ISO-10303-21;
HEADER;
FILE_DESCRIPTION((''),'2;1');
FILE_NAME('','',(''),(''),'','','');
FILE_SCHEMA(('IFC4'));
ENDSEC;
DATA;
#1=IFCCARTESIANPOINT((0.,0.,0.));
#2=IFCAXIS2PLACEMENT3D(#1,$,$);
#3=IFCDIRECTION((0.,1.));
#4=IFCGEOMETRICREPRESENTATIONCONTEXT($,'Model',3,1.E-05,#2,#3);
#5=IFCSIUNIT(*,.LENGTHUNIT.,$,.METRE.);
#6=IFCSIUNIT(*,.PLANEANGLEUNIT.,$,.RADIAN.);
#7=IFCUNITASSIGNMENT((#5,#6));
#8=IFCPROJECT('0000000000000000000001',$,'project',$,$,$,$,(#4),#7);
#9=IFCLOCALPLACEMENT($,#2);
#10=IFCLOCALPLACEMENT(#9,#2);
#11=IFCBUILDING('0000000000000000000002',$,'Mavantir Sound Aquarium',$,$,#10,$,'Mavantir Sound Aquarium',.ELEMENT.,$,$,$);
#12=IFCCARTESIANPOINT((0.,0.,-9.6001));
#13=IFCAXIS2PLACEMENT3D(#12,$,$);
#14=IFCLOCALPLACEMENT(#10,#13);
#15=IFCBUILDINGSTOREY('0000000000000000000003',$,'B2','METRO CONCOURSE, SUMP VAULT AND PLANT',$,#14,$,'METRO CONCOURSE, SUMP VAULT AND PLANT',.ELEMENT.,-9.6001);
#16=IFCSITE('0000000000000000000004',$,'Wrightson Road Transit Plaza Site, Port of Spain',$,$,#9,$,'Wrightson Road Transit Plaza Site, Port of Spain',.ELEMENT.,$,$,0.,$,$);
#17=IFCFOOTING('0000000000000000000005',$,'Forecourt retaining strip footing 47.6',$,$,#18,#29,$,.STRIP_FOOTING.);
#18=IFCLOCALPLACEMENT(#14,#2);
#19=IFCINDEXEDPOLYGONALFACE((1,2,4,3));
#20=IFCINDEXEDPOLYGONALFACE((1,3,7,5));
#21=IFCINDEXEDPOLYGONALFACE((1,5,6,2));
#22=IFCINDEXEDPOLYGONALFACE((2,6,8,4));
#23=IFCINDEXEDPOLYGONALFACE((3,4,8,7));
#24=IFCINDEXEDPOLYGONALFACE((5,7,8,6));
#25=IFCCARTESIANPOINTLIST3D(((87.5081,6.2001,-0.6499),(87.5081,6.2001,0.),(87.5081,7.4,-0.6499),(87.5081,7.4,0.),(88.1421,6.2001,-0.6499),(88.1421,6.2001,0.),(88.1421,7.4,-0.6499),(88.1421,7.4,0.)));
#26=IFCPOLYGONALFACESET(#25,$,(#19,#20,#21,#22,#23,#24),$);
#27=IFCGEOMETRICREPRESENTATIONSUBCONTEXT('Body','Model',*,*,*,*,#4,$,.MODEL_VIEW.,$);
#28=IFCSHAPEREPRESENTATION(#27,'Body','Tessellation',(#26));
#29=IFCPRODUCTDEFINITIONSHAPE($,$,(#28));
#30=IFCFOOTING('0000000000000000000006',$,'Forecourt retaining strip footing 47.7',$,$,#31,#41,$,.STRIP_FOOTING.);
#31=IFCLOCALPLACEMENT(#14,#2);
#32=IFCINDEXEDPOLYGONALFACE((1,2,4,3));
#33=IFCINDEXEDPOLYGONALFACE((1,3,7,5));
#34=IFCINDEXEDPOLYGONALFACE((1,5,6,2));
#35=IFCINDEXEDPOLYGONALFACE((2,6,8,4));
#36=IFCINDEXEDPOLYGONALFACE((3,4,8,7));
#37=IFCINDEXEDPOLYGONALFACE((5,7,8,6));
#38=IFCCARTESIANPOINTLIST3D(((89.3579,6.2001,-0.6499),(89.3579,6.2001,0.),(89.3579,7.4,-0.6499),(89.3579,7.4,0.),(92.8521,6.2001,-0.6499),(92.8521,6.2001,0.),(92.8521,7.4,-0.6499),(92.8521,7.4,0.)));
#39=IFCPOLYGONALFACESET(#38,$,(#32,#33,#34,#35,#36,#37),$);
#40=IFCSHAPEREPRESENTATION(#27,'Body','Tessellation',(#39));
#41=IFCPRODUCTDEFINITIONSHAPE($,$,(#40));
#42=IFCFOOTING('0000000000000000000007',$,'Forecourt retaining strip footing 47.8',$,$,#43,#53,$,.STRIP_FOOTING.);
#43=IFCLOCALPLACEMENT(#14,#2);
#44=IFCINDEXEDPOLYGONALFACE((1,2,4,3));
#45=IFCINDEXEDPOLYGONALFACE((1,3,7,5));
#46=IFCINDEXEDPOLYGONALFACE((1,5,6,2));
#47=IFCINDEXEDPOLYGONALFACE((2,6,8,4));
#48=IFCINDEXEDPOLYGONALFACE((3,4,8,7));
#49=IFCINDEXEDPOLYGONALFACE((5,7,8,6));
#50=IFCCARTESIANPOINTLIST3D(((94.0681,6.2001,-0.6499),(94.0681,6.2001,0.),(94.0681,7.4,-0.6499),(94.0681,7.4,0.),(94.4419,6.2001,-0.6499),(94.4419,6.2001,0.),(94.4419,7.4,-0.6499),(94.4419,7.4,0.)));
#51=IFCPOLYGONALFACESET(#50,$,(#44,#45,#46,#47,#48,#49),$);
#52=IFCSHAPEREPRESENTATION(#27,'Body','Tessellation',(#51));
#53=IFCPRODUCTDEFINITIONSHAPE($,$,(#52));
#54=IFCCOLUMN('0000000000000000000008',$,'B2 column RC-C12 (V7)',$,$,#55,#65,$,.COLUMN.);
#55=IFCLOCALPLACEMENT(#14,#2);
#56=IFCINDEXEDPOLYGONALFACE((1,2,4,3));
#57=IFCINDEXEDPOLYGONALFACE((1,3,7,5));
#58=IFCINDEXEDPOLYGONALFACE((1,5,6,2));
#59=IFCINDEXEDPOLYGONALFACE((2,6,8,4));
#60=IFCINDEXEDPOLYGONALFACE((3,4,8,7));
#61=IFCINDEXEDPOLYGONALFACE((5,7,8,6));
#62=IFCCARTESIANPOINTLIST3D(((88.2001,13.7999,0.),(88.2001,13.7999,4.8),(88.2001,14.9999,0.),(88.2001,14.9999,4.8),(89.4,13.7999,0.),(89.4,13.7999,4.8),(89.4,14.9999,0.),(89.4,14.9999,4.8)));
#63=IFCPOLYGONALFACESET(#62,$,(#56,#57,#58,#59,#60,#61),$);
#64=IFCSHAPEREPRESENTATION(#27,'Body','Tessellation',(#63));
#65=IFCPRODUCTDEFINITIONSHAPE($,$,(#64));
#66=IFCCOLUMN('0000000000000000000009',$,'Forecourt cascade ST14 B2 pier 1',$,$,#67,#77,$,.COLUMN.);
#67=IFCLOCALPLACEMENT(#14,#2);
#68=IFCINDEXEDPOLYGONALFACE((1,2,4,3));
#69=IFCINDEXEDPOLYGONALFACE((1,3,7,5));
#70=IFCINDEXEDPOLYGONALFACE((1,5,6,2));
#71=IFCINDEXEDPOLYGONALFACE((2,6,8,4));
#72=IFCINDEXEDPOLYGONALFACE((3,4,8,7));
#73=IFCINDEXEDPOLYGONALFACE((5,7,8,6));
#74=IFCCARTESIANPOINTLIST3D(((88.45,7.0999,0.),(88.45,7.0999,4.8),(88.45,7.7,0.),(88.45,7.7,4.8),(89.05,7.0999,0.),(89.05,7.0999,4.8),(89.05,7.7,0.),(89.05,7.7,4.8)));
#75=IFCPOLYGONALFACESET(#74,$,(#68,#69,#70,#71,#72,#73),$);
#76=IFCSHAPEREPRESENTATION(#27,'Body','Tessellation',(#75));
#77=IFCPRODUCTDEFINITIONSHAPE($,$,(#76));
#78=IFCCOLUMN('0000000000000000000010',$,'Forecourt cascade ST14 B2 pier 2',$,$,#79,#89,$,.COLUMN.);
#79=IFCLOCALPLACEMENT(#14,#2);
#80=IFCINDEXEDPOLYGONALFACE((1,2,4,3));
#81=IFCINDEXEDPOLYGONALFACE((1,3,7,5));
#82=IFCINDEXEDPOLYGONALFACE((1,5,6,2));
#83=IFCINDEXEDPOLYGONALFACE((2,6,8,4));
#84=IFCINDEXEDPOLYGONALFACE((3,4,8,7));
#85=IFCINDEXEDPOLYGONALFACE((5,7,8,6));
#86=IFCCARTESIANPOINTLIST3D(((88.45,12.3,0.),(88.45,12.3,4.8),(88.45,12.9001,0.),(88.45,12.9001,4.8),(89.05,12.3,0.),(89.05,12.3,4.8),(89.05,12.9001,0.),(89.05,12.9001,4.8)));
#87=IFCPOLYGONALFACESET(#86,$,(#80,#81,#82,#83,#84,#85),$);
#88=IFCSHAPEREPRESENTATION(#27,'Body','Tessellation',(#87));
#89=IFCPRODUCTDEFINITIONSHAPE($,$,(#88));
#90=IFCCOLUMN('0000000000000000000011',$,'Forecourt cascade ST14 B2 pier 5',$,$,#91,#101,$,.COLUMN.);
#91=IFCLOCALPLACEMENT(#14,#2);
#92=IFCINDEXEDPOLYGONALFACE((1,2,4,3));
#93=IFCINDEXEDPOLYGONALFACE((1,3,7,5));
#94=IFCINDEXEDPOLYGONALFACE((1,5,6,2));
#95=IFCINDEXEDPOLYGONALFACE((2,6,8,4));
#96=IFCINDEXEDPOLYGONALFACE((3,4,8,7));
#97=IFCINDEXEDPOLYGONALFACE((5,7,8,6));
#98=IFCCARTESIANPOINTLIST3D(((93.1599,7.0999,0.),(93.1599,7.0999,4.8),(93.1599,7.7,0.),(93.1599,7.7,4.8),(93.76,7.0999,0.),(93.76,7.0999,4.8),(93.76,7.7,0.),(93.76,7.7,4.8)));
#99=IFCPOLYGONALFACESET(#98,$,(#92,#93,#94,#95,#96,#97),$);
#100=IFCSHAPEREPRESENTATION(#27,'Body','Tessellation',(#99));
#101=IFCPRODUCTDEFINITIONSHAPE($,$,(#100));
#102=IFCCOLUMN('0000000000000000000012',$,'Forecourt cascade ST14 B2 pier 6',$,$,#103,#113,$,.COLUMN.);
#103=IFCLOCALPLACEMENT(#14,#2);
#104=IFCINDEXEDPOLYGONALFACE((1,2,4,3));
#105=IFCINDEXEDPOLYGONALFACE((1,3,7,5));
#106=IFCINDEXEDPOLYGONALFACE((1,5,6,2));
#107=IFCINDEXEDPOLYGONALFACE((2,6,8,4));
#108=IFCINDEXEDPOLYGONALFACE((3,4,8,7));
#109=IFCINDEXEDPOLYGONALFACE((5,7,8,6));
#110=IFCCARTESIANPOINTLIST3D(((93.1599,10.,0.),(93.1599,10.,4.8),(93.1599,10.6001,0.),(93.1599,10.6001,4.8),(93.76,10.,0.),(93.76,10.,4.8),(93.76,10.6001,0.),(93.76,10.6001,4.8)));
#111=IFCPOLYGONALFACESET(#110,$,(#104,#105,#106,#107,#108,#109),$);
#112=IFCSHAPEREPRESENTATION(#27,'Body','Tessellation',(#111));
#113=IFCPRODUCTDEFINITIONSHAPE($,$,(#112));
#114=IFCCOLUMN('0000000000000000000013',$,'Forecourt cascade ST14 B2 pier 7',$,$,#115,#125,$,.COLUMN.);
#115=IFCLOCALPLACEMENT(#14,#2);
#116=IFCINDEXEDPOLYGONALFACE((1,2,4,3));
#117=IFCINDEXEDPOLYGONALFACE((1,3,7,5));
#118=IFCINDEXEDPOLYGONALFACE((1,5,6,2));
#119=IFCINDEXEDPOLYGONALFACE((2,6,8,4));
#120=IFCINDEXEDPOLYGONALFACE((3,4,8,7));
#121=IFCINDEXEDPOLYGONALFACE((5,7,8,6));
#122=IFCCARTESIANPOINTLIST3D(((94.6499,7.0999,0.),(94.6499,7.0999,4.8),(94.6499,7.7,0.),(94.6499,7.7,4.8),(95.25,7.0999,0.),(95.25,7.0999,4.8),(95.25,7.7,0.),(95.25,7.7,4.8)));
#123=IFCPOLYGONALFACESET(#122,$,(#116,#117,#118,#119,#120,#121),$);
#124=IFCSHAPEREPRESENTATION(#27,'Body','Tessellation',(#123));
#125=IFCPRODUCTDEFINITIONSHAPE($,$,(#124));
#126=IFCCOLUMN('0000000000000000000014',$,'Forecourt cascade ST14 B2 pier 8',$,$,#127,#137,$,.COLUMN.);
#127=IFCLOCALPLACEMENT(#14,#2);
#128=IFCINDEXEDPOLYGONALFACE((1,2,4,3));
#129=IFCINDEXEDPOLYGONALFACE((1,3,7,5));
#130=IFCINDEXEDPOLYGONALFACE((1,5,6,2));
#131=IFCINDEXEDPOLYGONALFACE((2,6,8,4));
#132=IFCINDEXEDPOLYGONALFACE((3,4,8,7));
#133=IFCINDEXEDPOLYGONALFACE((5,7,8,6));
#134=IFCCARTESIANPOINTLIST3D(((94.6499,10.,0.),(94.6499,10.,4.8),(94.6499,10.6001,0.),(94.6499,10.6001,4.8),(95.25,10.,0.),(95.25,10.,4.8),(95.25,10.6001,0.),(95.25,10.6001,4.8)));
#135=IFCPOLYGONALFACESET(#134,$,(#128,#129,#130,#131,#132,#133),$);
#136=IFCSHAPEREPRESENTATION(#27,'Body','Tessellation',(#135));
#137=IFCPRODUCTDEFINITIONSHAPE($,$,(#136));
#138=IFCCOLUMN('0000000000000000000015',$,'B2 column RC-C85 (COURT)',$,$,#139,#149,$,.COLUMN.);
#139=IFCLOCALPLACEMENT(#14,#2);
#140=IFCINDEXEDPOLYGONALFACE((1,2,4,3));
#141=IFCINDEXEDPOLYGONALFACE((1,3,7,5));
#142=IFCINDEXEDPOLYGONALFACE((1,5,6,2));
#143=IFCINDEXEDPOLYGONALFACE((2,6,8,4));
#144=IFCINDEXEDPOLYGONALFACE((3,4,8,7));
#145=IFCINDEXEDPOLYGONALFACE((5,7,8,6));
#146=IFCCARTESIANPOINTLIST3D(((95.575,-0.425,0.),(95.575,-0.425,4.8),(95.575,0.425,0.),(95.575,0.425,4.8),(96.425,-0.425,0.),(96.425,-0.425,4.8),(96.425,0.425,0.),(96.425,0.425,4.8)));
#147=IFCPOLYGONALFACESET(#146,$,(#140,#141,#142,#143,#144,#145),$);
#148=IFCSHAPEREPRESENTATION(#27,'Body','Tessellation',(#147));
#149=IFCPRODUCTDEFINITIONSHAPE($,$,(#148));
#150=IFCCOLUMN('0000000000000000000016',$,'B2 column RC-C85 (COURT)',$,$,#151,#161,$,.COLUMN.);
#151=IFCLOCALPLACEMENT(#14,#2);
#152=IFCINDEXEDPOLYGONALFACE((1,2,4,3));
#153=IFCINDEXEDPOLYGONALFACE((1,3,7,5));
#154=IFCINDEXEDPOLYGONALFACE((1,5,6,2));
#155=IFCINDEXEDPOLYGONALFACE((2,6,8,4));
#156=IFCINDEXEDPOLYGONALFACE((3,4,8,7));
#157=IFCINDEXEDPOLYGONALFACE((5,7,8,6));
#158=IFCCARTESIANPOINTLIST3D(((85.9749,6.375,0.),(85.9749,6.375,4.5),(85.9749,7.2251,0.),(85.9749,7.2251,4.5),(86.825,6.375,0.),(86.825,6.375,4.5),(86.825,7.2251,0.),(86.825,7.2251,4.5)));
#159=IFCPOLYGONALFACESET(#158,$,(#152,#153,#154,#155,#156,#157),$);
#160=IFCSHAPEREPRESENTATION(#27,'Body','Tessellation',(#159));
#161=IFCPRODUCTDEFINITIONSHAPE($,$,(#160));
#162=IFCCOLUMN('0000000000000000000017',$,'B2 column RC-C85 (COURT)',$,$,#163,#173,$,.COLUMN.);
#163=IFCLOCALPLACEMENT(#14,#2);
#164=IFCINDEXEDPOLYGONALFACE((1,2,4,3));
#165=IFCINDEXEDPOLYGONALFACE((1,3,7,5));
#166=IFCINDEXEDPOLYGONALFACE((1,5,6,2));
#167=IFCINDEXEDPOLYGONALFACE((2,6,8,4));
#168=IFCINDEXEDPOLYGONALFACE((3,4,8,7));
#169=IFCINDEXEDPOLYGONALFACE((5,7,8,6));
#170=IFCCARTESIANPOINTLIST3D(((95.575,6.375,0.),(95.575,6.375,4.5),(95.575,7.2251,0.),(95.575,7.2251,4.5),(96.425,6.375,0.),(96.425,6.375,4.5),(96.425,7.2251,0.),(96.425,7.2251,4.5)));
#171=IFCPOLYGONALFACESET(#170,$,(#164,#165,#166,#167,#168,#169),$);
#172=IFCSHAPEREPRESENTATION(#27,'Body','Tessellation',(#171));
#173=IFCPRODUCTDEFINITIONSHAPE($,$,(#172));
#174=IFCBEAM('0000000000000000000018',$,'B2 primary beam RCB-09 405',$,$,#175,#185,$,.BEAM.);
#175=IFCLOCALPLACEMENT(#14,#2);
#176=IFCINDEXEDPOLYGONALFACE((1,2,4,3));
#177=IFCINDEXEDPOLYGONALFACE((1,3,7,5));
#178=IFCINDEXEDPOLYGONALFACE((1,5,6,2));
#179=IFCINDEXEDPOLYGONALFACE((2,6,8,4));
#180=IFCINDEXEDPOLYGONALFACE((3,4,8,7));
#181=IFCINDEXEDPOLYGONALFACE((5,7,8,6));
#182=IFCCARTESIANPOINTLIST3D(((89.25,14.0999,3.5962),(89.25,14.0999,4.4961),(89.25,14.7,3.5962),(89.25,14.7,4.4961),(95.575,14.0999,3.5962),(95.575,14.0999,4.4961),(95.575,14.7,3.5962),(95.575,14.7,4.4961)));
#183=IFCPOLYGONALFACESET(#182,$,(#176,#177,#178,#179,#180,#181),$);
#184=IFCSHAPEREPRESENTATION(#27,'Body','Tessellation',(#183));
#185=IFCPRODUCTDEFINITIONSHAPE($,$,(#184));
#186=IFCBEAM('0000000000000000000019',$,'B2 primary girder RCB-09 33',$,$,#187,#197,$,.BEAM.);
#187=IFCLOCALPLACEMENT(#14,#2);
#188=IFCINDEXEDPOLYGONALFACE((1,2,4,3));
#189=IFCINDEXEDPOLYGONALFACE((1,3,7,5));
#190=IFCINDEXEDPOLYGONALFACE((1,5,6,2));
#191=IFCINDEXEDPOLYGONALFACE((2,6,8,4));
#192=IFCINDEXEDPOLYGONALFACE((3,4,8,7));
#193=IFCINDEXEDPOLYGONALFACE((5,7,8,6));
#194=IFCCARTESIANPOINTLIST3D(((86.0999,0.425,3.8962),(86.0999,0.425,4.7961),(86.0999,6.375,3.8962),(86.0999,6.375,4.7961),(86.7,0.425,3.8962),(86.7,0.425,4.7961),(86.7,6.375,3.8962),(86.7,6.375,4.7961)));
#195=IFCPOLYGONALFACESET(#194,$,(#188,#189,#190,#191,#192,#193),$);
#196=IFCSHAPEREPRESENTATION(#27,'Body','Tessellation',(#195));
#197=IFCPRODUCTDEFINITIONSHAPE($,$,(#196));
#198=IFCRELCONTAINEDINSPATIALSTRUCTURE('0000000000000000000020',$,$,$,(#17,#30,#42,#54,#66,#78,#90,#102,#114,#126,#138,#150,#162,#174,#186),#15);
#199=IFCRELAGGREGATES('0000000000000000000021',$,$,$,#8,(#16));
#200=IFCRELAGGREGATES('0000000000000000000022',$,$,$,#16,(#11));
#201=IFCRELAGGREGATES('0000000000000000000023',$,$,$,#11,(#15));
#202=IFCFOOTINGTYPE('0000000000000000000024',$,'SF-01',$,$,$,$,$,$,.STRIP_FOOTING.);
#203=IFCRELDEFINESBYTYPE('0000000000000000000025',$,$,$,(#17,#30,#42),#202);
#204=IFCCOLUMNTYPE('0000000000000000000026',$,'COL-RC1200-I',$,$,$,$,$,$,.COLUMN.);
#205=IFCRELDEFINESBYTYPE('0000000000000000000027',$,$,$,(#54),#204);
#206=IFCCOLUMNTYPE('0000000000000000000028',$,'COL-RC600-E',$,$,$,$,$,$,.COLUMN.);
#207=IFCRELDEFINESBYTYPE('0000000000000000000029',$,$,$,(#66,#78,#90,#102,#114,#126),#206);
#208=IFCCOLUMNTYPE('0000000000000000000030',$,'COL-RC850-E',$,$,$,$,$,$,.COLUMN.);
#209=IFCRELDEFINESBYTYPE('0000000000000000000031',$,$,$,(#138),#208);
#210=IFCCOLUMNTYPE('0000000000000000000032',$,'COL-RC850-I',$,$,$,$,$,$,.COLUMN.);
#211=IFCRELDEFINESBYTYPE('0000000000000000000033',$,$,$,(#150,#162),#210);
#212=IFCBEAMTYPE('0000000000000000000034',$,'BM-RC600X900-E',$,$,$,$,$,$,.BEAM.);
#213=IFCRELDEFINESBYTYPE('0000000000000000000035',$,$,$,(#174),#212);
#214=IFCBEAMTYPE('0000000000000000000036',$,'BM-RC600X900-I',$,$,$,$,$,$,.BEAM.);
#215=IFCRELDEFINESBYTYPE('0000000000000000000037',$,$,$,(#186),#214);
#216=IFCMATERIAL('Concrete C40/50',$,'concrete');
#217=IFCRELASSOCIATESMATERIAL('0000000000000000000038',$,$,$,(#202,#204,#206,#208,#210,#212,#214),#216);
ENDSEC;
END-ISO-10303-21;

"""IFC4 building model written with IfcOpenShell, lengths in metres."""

from ifc_helpers import new_model, si_unit, direction, frame, origin, origin_2d, place, context, subcontext, project, spatial, rectangle, extrude, material, material_profile, profile_set, type_object, element, save


model = new_model("IFC4")

# Units and contexts
model_context = context("Model", 3, precision=1e-05, world=origin(), true_north=direction((0.0, 1.0)))
body_context = subcontext(model_context, "Body", "Model", "MODEL_VIEW")
ifc_project = project(units=[si_unit("LENGTHUNIT", "METRE"), si_unit("PLANEANGLEUNIT", "RADIAN")], contexts=[model_context])

# Site, building, storey
site_placement = place(None, origin())
site = spatial("IfcSite", under=ifc_project, at=site_placement, Name="Wrightson Road Transit Plaza Site, Port of Spain", LongName="Wrightson Road Transit Plaza Site, Port of Spain", CompositionType="ELEMENT", RefElevation=0.0)
building_placement = place(site_placement, origin())
building = spatial("IfcBuilding", under=site, at=building_placement, Name="Mavantir Sound Aquarium", LongName="Mavantir Sound Aquarium", CompositionType="ELEMENT")
storey_placement = place(building_placement, frame((0.0, 0.0, -9.6001)))
storey = spatial("IfcBuildingStorey", under=building, at=storey_placement, Name="B2", Description="METRO CONCOURSE, SUMP VAULT AND PLANT", LongName="METRO CONCOURSE, SUMP VAULT AND PLANT", CompositionType="ELEMENT", Elevation=-9.6001)

# Shared definitions
ifc_material_1 = material(Name="Concrete C40/50", Category="concrete")

# Footings
ifc_material_profile_1 = material_profile(ifc_material_1, rectangle(XDim=1.2, YDim=0.6499, at=origin_2d()), Name="RC 1200X650")
ifc_profile_set_1 = profile_set([ifc_material_profile_1], Name="Concrete C40/50")
footing_type_1 = type_object("IfcFootingType", Name="SF-01", PredefinedType="STRIP_FOOTING", material=ifc_profile_set_1)
footing_1_placement = place(storey_placement, frame((87.5081, 6.8, -0.325), z_axis=(1.0, 0.0, 0.0), x_axis=(0.0, 1.0, 0.0)))
element("IfcFooting", 1, at=footing_1_placement, inside=storey, type_object=footing_type_1, Name="Forecourt retaining strip footing 47.6", PredefinedType="STRIP_FOOTING", context=body_context, shape_type="SweptSolid", body=[
    extrude(rectangle(XDim=1.2, YDim=0.6499, at=origin_2d()), origin(), (0.0, 0.0, 1.0), 0.634),
])
footing_2_placement = place(storey_placement, frame((89.3579, 6.8, -0.325), z_axis=(1.0, 0.0, 0.0), x_axis=(0.0, 1.0, 0.0)))
element("IfcFooting", 2, at=footing_2_placement, inside=storey, type_object=footing_type_1, Name="Forecourt retaining strip footing 47.7", PredefinedType="STRIP_FOOTING", context=body_context, shape_type="SweptSolid", body=[
    extrude(rectangle(XDim=1.2, YDim=0.6499, at=origin_2d()), origin(), (0.0, 0.0, 1.0), 3.4941),
])
footing_3_placement = place(storey_placement, frame((94.0681, 6.8, -0.325), z_axis=(1.0, 0.0, 0.0), x_axis=(0.0, 1.0, 0.0)))
element("IfcFooting", 3, at=footing_3_placement, inside=storey, type_object=footing_type_1, Name="Forecourt retaining strip footing 47.8", PredefinedType="STRIP_FOOTING", context=body_context, shape_type="SweptSolid", body=[
    extrude(rectangle(XDim=1.2, YDim=0.6499, at=origin_2d()), origin(), (0.0, 0.0, 1.0), 0.3738),
])

# Columns
ifc_material_profile_2 = material_profile(ifc_material_1, rectangle(XDim=1.2, YDim=1.2, at=origin_2d()), Name="RC 1200X1200")
ifc_profile_set_2 = profile_set([ifc_material_profile_2], Name="Concrete C40/50")
column_type_1 = type_object("IfcColumnType", Name="COL-RC1200-I", PredefinedType="COLUMN", material=ifc_profile_set_2)
column_1_placement = place(storey_placement, frame((88.8, 14.3999, 0.0), z_axis=(0.0, 0.0, 1.0), x_axis=(1.0, 0.0, 0.0)))
element("IfcColumn", 4, at=column_1_placement, inside=storey, type_object=column_type_1, Name="B2 column RC-C12 (V7)", PredefinedType="COLUMN", context=body_context, shape_type="SweptSolid", body=[
    extrude(rectangle(XDim=1.2, YDim=1.2, at=origin_2d()), origin(), (0.0, 0.0, 1.0), 4.8),
])
ifc_material_profile_3 = material_profile(ifc_material_1, rectangle(XDim=0.6001, YDim=0.6001, at=origin_2d()), Name="RC 600X600")
ifc_profile_set_3 = profile_set([ifc_material_profile_3], Name="Concrete C40/50")
column_type_2 = type_object("IfcColumnType", Name="COL-RC600-E", PredefinedType="COLUMN", material=ifc_profile_set_3)
for number, where, z_axis, x_axis, name in (
    (5, (88.75, 7.3999, 0.0), (0.0, 0.0, 1.0), (1.0, 0.0, 0.0), "Forecourt cascade ST14 B2 pier 1"),
    (6, (88.75, 12.6001, 0.0), (0.0, 0.0, 1.0), (1.0, 0.0, 0.0), "Forecourt cascade ST14 B2 pier 2"),
    (7, (93.46, 7.3999, 0.0), (0.0, 0.0, 1.0), (1.0, 0.0, 0.0), "Forecourt cascade ST14 B2 pier 5"),
    (8, (93.46, 10.3, 0.0), (0.0, 0.0, 1.0), (1.0, 0.0, 0.0), "Forecourt cascade ST14 B2 pier 6"),
    (9, (94.95, 7.3999, 0.0), (0.0, 0.0, 1.0), (1.0, 0.0, 0.0), "Forecourt cascade ST14 B2 pier 7"),
    (10, (94.95, 10.3, 0.0), (0.0, 0.0, 1.0), (1.0, 0.0, 0.0), "Forecourt cascade ST14 B2 pier 8"),
):
    element("IfcColumn", number, at=place(storey_placement, frame(where, z_axis=z_axis, x_axis=x_axis)), inside=storey, type_object=column_type_2, Name=name, PredefinedType="COLUMN", context=body_context, shape_type="SweptSolid", body=[
        extrude(rectangle(XDim=0.6001, YDim=0.6001, at=origin_2d()), origin(), (0.0, 0.0, 1.0), 4.8),
    ])
ifc_material_profile_4 = material_profile(ifc_material_1, rectangle(XDim=0.8501, YDim=0.8501, at=origin_2d()), Name="RC 850X850")
ifc_profile_set_4 = profile_set([ifc_material_profile_4], Name="Concrete C40/50")
column_type_3 = type_object("IfcColumnType", Name="COL-RC850-E", PredefinedType="COLUMN", material=ifc_profile_set_4)
column_2_placement = place(storey_placement, frame((96.0, 0.0, 0.0), z_axis=(0.0, 0.0, 1.0), x_axis=(1.0, 0.0, 0.0)))
element("IfcColumn", 11, at=column_2_placement, inside=storey, type_object=column_type_3, Name="B2 column RC-C85 (COURT)", PredefinedType="COLUMN", context=body_context, shape_type="SweptSolid", body=[
    extrude(rectangle(XDim=0.8501, YDim=0.8501, at=origin_2d()), origin(), (0.0, 0.0, 1.0), 4.8),
])
ifc_material_profile_5 = material_profile(ifc_material_1, rectangle(XDim=0.8501, YDim=0.8501, at=origin_2d()), Name="RC 850X850")
ifc_profile_set_5 = profile_set([ifc_material_profile_5], Name="Concrete C40/50")
column_type_4 = type_object("IfcColumnType", Name="COL-RC850-I", PredefinedType="COLUMN", material=ifc_profile_set_5)
for number, where, z_axis, x_axis, name in (
    (12, (86.3999, 6.8, 0.0), (0.0, 0.0, 1.0), (1.0, 0.0, 0.0), "B2 column RC-C85 (COURT)"),
    (13, (96.0, 6.8, 0.0), (0.0, 0.0, 1.0), (1.0, 0.0, 0.0), "B2 column RC-C85 (COURT)"),
):
    element("IfcColumn", number, at=place(storey_placement, frame(where, z_axis=z_axis, x_axis=x_axis)), inside=storey, type_object=column_type_4, Name=name, PredefinedType="COLUMN", context=body_context, shape_type="SweptSolid", body=[
        extrude(rectangle(XDim=0.8501, YDim=0.8501, at=origin_2d()), origin(), (0.0, 0.0, 1.0), 4.5),
    ])

# Beams
ifc_material_profile_6 = material_profile(ifc_material_1, rectangle(XDim=0.6001, YDim=0.8999, at=origin_2d()), Name="RC 600X900")
ifc_profile_set_6 = profile_set([ifc_material_profile_6], Name="Concrete C40/50")
beam_type_1 = type_object("IfcBeamType", Name="BM-RC600X900-E", PredefinedType="BEAM", material=ifc_profile_set_6)
beam_placement = place(storey_placement, frame((89.25, 14.3999, 4.0461), z_axis=(1.0, 0.0, 0.0), x_axis=(0.0, 1.0, 0.0)))
element("IfcBeam", 14, at=beam_placement, inside=storey, type_object=beam_type_1, Name="B2 primary beam RCB-09 405", PredefinedType="BEAM", context=body_context, shape_type="SweptSolid", body=[
    extrude(rectangle(XDim=0.6001, YDim=0.8999, at=origin_2d()), origin(), (0.0, 0.0, 1.0), 6.325),
])
ifc_material_profile_7 = material_profile(ifc_material_1, rectangle(XDim=0.6001, YDim=0.8999, at=origin_2d()), Name="RC 600X900")
ifc_profile_set_7 = profile_set([ifc_material_profile_7], Name="Concrete C40/50")
beam_type_2 = type_object("IfcBeamType", Name="BM-RC600X900-I", PredefinedType="BEAM", material=ifc_profile_set_7)
for number, where, z_axis, x_axis, name in (
    (15, (86.3999, 0.425, 4.3462), (0.0, 1.0, 0.0), (-1.0, 0.0, 0.0), "B2 primary girder RCB-09 33"),
):
    element("IfcBeam", number, at=place(storey_placement, frame(where, z_axis=z_axis, x_axis=x_axis)), inside=storey, type_object=beam_type_2, Name=name, PredefinedType="BEAM", context=body_context, shape_type="SweptSolid", body=[
        extrude(rectangle(XDim=0.6001, YDim=0.8999, at=origin_2d()), origin(), (0.0, 0.0, 1.0), 5.95),
    ])

save(model, "model.ifc")
